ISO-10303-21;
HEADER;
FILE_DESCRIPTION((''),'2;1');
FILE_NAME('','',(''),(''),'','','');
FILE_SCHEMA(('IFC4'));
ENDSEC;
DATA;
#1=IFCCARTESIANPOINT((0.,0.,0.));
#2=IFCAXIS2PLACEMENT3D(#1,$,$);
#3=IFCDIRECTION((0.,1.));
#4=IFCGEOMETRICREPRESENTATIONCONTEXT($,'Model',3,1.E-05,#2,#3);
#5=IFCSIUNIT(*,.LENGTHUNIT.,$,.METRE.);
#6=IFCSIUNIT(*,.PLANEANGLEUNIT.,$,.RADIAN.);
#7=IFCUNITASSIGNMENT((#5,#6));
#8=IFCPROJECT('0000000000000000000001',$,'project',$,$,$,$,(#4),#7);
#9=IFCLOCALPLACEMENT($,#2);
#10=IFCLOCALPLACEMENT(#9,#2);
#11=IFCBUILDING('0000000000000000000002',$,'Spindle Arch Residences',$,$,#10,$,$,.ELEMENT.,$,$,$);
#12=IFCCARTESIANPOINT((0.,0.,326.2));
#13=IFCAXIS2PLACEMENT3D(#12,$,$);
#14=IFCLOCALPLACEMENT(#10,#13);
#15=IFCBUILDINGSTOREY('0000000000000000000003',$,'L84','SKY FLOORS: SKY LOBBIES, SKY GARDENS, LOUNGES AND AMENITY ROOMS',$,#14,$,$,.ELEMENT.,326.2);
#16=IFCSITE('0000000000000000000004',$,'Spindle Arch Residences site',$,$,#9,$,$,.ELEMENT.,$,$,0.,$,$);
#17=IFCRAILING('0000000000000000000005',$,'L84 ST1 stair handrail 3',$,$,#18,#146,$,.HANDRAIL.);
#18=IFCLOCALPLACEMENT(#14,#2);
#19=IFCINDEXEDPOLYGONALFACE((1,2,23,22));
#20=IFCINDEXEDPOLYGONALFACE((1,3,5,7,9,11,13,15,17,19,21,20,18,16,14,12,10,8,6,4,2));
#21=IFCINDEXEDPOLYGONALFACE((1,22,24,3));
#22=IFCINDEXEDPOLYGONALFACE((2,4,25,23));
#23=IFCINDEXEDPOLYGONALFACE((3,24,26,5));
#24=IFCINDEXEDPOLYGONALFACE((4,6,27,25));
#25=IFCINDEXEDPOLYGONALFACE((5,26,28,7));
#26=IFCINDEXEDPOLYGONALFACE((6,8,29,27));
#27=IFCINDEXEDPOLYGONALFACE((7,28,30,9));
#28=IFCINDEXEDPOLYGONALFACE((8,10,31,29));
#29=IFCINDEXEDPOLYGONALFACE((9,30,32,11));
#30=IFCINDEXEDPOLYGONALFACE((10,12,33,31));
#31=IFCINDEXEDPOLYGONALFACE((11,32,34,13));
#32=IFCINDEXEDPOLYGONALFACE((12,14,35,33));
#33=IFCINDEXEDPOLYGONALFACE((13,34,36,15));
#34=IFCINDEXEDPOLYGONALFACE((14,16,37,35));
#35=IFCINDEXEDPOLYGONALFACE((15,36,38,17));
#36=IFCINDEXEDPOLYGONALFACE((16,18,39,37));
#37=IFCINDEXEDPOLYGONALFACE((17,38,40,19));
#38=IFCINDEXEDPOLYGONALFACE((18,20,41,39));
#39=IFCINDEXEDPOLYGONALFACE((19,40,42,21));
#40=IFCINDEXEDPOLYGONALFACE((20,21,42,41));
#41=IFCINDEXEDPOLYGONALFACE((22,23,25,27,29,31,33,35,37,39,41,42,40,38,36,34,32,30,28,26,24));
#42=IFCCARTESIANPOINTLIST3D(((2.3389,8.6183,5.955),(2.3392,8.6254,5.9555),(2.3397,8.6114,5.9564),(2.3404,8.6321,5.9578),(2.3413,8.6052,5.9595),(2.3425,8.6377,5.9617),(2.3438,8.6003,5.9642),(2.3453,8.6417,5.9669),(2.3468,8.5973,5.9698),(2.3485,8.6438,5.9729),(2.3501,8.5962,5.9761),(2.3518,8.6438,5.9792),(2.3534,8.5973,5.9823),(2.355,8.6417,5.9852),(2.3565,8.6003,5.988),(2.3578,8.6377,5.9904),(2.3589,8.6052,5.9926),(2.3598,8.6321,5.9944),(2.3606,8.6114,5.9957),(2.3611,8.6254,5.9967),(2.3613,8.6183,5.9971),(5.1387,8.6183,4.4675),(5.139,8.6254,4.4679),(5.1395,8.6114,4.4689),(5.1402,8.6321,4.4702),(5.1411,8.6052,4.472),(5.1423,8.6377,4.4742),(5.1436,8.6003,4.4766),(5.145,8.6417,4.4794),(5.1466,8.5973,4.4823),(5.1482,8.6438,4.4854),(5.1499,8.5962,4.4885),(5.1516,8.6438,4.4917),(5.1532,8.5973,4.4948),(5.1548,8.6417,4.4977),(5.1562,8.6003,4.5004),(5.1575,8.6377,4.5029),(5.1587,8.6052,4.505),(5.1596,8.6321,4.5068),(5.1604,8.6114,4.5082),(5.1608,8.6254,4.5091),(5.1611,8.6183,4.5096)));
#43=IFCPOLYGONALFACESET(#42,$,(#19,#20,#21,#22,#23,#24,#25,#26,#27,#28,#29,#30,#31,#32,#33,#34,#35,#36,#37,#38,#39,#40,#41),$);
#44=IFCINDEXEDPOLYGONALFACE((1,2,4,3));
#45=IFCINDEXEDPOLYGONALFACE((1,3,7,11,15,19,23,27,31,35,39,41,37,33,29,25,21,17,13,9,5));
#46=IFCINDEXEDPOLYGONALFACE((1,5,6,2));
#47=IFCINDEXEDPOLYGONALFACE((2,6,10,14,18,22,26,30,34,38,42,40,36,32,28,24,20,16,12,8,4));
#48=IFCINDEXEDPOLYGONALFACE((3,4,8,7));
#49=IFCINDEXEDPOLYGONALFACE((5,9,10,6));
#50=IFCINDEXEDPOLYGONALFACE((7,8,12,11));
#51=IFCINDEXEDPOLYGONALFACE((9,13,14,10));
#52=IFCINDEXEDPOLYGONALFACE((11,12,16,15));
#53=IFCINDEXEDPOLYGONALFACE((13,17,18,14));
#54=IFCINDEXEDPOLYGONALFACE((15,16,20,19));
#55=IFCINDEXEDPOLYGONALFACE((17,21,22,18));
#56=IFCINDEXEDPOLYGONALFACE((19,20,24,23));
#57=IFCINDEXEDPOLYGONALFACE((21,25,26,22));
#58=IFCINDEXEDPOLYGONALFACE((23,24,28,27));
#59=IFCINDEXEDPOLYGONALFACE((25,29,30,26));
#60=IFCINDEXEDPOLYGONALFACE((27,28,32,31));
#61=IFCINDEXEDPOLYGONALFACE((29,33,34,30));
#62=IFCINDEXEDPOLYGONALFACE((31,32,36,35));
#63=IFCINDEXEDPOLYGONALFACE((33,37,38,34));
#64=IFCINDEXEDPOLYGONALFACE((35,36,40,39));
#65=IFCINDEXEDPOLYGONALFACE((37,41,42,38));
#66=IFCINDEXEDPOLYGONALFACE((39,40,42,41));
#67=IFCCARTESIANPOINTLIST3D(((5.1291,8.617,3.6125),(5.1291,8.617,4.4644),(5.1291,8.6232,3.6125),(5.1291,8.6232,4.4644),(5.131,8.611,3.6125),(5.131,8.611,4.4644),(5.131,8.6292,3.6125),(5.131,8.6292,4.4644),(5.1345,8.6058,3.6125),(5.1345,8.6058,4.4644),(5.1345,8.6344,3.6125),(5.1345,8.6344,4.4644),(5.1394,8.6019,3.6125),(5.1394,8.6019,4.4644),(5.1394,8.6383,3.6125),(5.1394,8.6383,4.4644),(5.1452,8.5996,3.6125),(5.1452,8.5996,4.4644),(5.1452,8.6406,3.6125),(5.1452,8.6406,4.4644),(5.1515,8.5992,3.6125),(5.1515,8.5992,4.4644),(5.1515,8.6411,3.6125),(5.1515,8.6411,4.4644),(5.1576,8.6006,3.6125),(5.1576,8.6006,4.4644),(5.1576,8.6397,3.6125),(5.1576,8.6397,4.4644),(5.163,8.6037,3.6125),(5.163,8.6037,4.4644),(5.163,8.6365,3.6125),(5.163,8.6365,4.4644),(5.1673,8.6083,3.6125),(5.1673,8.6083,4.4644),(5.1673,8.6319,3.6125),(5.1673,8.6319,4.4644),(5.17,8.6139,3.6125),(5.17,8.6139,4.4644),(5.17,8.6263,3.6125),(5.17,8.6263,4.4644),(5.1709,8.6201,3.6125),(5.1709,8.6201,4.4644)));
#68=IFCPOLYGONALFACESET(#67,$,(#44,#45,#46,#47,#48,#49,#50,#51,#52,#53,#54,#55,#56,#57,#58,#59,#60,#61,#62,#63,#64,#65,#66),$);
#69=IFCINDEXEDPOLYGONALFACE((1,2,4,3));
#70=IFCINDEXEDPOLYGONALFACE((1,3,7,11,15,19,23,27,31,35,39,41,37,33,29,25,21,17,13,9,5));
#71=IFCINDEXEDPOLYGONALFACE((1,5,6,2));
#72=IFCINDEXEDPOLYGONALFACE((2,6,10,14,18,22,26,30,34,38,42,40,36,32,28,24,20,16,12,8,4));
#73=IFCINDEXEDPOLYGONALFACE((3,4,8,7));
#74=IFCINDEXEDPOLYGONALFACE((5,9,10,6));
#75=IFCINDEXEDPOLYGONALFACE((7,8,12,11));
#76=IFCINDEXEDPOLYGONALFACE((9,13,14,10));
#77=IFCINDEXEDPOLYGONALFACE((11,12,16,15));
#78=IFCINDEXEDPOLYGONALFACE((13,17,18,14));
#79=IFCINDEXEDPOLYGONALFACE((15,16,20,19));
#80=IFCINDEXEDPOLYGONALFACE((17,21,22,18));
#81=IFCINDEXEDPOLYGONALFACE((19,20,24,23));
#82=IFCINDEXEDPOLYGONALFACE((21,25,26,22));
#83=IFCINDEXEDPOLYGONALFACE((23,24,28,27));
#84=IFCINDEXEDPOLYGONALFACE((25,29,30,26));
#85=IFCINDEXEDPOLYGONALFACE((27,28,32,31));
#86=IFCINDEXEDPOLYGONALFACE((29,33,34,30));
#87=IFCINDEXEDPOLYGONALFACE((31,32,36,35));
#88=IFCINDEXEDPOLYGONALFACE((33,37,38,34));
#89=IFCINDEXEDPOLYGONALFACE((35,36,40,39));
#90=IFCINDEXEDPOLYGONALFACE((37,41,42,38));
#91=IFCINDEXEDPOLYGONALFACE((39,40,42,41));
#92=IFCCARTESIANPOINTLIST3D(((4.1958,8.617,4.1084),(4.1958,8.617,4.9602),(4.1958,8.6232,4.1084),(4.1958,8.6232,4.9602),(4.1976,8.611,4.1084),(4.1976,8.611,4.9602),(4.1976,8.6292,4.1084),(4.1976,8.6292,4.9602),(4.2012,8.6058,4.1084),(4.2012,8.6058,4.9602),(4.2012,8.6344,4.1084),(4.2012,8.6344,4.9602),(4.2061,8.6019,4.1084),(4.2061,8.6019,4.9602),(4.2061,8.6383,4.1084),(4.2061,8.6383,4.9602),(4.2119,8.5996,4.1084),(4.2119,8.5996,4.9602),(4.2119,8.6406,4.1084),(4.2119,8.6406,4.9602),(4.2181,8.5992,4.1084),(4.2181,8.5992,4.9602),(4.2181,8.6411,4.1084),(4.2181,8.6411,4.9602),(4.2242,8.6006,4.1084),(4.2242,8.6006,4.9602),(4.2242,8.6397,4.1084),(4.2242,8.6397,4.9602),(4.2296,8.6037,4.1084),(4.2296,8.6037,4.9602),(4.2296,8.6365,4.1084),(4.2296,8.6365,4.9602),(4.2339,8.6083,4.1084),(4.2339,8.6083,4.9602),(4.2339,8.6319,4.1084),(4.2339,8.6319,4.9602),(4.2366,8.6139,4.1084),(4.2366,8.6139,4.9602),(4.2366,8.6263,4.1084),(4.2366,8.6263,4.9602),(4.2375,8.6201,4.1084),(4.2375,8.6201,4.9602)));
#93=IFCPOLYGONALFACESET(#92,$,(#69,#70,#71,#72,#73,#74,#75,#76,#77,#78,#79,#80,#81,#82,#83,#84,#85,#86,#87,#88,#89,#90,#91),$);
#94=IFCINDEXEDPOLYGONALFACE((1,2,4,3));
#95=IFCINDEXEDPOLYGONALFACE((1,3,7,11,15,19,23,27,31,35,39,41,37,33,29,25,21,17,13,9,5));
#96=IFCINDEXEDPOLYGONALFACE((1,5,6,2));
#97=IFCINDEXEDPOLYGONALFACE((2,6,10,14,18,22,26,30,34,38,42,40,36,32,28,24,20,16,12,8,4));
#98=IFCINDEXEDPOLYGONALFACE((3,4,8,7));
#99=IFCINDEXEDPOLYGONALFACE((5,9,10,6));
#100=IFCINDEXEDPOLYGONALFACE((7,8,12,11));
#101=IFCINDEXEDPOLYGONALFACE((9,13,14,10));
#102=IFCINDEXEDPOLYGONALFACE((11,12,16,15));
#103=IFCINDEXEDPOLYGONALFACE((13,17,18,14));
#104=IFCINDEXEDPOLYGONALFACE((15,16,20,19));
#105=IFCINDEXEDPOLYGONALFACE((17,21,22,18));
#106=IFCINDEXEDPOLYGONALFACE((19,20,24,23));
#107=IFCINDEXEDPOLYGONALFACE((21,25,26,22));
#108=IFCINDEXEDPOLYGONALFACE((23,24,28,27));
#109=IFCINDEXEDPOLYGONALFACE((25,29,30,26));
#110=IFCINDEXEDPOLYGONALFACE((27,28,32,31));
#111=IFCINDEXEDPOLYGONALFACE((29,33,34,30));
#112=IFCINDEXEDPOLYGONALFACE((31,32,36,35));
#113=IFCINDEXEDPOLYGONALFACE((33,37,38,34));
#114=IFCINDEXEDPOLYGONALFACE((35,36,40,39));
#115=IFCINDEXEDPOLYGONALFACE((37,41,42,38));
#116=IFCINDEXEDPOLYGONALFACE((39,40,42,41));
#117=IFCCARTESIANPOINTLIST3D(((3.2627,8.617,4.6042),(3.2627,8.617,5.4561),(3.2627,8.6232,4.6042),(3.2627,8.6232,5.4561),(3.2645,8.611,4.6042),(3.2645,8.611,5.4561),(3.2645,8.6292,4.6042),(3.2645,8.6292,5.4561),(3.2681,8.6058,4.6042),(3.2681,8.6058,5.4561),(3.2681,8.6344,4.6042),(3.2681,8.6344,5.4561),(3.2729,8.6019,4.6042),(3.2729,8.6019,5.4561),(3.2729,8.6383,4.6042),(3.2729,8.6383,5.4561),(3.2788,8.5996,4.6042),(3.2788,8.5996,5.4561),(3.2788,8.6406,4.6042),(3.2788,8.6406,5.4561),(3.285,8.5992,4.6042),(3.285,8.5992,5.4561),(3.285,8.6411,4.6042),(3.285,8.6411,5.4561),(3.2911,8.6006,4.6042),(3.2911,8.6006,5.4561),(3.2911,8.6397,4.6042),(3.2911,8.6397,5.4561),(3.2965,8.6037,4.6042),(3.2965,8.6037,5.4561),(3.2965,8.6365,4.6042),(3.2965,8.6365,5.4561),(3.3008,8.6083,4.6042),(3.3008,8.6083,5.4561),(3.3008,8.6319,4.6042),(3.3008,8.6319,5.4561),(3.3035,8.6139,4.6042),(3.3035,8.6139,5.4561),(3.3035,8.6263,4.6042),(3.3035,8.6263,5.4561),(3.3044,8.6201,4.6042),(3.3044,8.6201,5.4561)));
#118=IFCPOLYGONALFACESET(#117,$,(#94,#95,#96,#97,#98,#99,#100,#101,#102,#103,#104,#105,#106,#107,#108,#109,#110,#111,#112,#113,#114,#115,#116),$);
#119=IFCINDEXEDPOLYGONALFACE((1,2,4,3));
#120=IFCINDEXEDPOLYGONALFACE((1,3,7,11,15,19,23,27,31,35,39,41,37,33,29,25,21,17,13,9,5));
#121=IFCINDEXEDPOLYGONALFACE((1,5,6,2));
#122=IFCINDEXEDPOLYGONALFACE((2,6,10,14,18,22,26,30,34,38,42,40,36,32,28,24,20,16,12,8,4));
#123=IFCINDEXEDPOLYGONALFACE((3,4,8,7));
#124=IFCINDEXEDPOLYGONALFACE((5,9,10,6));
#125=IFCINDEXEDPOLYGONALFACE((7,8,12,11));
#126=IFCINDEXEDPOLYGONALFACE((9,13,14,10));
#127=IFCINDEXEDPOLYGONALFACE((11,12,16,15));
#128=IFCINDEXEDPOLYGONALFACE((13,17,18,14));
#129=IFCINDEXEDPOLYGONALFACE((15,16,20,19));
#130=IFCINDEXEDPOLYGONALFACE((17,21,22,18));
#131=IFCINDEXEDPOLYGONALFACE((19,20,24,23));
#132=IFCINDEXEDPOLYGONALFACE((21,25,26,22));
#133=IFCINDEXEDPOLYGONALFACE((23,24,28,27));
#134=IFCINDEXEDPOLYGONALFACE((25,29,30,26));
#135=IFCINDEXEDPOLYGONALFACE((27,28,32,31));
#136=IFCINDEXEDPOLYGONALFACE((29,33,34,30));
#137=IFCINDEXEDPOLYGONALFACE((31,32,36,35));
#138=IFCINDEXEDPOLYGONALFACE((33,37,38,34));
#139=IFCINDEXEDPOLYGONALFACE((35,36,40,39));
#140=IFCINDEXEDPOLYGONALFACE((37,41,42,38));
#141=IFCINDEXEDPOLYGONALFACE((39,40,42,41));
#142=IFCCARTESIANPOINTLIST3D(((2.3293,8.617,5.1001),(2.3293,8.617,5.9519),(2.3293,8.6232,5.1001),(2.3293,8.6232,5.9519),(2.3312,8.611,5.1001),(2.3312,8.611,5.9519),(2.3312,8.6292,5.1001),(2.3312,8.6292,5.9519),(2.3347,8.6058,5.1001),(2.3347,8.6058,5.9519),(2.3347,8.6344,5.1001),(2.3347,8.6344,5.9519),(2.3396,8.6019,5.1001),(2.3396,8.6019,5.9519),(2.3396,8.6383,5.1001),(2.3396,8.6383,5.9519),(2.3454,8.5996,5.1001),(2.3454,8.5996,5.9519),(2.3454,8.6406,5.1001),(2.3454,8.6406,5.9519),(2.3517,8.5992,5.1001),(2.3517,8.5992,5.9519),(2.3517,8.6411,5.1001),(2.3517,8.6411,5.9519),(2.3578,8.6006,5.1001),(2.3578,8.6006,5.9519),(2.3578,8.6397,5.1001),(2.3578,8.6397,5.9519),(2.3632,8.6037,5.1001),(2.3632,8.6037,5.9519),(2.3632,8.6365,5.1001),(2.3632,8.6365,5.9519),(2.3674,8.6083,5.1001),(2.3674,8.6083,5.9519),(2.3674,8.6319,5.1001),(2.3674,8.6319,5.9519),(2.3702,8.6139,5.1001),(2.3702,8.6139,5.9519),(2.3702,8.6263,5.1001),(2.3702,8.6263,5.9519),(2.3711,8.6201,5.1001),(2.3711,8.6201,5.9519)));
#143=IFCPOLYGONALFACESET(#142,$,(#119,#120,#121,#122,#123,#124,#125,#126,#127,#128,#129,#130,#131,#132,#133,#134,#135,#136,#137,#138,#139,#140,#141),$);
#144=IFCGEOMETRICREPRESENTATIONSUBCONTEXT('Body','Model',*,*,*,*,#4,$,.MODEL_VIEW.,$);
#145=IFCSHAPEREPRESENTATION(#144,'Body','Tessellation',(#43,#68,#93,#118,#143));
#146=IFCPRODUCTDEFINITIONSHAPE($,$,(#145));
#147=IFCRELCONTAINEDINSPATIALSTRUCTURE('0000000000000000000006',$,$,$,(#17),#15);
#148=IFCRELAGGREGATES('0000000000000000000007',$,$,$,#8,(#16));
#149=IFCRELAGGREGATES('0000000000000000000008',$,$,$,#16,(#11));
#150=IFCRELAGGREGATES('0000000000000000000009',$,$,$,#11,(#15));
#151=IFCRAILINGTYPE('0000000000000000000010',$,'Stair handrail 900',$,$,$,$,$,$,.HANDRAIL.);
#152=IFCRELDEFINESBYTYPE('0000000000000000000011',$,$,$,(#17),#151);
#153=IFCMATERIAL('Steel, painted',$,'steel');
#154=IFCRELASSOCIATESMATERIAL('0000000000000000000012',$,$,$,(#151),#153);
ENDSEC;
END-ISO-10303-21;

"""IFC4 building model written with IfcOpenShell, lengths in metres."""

from ifc_helpers import new_model, si_unit, direction, frame, origin, origin_2d, place, context, subcontext, project, spatial, circle, extrude, material, type_object, element, save


model = new_model("IFC4")

# Units and contexts
model_context = context("Model", 3, precision=1e-05, world=origin(), true_north=direction((0.0, 1.0)))
body_context = subcontext(model_context, "Body", "Model", "MODEL_VIEW")
ifc_project = project(units=[si_unit("LENGTHUNIT", "METRE"), si_unit("PLANEANGLEUNIT", "RADIAN")], contexts=[model_context])

# Site, building, storey
site_placement = place(None, origin())
site = spatial("IfcSite", under=ifc_project, at=site_placement, Name="Spindle Arch Residences site", CompositionType="ELEMENT", RefElevation=0.0)
building_placement = place(site_placement, origin())
building = spatial("IfcBuilding", under=site, at=building_placement, Name="Spindle Arch Residences", CompositionType="ELEMENT")
storey_placement = place(building_placement, frame((0.0, 0.0, 326.2)))
storey = spatial("IfcBuildingStorey", under=building, at=storey_placement, Name="L84", Description="SKY FLOORS: SKY LOBBIES, SKY GARDENS, LOUNGES AND AMENITY ROOMS", CompositionType="ELEMENT", Elevation=326.2)

# Railing
ifc_material_1 = material(Name="Steel, painted", Category="steel")
railing_type_1 = type_object("IfcRailingType", Name="Stair handrail 900", PredefinedType="HANDRAIL", material=ifc_material_1)
railing_1_placement = place(storey_placement, frame((5.1499, 8.6201, 3.6125)))
element("IfcRailing", 1, at=railing_1_placement, inside=storey, type_object=railing_type_1, Name="L84 ST1 stair handrail 3", PredefinedType="HANDRAIL", context=body_context, shape_type="SweptSolid", body=[
    extrude(circle(Radius=0.0239, at=origin_2d()), frame((0.0, 0.0, 0.876), z_axis=(-0.883096, 0.0, 0.469193), x_axis=(0.0, -1.0, 0.0)), (0.0, 0.0, 1.0), 3.1704),
    extrude(circle(Radius=0.021, at=origin_2d()), origin(), (0.0, 0.0, 1.0), 0.8518),
    extrude(circle(Radius=0.021, at=origin_2d()), frame((-0.9333, 0.0, 0.4958)), (0.0, 0.0, 1.0), 0.8518),
    extrude(circle(Radius=0.021, at=origin_2d()), frame((-1.8665, 0.0, 0.9917)), (0.0, 0.0, 1.0), 0.8518),
    extrude(circle(Radius=0.021, at=origin_2d()), frame((-2.7998, 0.0, 1.4875)), (0.0, 0.0, 1.0), 0.8518),
])

save(model, "model.ifc")
